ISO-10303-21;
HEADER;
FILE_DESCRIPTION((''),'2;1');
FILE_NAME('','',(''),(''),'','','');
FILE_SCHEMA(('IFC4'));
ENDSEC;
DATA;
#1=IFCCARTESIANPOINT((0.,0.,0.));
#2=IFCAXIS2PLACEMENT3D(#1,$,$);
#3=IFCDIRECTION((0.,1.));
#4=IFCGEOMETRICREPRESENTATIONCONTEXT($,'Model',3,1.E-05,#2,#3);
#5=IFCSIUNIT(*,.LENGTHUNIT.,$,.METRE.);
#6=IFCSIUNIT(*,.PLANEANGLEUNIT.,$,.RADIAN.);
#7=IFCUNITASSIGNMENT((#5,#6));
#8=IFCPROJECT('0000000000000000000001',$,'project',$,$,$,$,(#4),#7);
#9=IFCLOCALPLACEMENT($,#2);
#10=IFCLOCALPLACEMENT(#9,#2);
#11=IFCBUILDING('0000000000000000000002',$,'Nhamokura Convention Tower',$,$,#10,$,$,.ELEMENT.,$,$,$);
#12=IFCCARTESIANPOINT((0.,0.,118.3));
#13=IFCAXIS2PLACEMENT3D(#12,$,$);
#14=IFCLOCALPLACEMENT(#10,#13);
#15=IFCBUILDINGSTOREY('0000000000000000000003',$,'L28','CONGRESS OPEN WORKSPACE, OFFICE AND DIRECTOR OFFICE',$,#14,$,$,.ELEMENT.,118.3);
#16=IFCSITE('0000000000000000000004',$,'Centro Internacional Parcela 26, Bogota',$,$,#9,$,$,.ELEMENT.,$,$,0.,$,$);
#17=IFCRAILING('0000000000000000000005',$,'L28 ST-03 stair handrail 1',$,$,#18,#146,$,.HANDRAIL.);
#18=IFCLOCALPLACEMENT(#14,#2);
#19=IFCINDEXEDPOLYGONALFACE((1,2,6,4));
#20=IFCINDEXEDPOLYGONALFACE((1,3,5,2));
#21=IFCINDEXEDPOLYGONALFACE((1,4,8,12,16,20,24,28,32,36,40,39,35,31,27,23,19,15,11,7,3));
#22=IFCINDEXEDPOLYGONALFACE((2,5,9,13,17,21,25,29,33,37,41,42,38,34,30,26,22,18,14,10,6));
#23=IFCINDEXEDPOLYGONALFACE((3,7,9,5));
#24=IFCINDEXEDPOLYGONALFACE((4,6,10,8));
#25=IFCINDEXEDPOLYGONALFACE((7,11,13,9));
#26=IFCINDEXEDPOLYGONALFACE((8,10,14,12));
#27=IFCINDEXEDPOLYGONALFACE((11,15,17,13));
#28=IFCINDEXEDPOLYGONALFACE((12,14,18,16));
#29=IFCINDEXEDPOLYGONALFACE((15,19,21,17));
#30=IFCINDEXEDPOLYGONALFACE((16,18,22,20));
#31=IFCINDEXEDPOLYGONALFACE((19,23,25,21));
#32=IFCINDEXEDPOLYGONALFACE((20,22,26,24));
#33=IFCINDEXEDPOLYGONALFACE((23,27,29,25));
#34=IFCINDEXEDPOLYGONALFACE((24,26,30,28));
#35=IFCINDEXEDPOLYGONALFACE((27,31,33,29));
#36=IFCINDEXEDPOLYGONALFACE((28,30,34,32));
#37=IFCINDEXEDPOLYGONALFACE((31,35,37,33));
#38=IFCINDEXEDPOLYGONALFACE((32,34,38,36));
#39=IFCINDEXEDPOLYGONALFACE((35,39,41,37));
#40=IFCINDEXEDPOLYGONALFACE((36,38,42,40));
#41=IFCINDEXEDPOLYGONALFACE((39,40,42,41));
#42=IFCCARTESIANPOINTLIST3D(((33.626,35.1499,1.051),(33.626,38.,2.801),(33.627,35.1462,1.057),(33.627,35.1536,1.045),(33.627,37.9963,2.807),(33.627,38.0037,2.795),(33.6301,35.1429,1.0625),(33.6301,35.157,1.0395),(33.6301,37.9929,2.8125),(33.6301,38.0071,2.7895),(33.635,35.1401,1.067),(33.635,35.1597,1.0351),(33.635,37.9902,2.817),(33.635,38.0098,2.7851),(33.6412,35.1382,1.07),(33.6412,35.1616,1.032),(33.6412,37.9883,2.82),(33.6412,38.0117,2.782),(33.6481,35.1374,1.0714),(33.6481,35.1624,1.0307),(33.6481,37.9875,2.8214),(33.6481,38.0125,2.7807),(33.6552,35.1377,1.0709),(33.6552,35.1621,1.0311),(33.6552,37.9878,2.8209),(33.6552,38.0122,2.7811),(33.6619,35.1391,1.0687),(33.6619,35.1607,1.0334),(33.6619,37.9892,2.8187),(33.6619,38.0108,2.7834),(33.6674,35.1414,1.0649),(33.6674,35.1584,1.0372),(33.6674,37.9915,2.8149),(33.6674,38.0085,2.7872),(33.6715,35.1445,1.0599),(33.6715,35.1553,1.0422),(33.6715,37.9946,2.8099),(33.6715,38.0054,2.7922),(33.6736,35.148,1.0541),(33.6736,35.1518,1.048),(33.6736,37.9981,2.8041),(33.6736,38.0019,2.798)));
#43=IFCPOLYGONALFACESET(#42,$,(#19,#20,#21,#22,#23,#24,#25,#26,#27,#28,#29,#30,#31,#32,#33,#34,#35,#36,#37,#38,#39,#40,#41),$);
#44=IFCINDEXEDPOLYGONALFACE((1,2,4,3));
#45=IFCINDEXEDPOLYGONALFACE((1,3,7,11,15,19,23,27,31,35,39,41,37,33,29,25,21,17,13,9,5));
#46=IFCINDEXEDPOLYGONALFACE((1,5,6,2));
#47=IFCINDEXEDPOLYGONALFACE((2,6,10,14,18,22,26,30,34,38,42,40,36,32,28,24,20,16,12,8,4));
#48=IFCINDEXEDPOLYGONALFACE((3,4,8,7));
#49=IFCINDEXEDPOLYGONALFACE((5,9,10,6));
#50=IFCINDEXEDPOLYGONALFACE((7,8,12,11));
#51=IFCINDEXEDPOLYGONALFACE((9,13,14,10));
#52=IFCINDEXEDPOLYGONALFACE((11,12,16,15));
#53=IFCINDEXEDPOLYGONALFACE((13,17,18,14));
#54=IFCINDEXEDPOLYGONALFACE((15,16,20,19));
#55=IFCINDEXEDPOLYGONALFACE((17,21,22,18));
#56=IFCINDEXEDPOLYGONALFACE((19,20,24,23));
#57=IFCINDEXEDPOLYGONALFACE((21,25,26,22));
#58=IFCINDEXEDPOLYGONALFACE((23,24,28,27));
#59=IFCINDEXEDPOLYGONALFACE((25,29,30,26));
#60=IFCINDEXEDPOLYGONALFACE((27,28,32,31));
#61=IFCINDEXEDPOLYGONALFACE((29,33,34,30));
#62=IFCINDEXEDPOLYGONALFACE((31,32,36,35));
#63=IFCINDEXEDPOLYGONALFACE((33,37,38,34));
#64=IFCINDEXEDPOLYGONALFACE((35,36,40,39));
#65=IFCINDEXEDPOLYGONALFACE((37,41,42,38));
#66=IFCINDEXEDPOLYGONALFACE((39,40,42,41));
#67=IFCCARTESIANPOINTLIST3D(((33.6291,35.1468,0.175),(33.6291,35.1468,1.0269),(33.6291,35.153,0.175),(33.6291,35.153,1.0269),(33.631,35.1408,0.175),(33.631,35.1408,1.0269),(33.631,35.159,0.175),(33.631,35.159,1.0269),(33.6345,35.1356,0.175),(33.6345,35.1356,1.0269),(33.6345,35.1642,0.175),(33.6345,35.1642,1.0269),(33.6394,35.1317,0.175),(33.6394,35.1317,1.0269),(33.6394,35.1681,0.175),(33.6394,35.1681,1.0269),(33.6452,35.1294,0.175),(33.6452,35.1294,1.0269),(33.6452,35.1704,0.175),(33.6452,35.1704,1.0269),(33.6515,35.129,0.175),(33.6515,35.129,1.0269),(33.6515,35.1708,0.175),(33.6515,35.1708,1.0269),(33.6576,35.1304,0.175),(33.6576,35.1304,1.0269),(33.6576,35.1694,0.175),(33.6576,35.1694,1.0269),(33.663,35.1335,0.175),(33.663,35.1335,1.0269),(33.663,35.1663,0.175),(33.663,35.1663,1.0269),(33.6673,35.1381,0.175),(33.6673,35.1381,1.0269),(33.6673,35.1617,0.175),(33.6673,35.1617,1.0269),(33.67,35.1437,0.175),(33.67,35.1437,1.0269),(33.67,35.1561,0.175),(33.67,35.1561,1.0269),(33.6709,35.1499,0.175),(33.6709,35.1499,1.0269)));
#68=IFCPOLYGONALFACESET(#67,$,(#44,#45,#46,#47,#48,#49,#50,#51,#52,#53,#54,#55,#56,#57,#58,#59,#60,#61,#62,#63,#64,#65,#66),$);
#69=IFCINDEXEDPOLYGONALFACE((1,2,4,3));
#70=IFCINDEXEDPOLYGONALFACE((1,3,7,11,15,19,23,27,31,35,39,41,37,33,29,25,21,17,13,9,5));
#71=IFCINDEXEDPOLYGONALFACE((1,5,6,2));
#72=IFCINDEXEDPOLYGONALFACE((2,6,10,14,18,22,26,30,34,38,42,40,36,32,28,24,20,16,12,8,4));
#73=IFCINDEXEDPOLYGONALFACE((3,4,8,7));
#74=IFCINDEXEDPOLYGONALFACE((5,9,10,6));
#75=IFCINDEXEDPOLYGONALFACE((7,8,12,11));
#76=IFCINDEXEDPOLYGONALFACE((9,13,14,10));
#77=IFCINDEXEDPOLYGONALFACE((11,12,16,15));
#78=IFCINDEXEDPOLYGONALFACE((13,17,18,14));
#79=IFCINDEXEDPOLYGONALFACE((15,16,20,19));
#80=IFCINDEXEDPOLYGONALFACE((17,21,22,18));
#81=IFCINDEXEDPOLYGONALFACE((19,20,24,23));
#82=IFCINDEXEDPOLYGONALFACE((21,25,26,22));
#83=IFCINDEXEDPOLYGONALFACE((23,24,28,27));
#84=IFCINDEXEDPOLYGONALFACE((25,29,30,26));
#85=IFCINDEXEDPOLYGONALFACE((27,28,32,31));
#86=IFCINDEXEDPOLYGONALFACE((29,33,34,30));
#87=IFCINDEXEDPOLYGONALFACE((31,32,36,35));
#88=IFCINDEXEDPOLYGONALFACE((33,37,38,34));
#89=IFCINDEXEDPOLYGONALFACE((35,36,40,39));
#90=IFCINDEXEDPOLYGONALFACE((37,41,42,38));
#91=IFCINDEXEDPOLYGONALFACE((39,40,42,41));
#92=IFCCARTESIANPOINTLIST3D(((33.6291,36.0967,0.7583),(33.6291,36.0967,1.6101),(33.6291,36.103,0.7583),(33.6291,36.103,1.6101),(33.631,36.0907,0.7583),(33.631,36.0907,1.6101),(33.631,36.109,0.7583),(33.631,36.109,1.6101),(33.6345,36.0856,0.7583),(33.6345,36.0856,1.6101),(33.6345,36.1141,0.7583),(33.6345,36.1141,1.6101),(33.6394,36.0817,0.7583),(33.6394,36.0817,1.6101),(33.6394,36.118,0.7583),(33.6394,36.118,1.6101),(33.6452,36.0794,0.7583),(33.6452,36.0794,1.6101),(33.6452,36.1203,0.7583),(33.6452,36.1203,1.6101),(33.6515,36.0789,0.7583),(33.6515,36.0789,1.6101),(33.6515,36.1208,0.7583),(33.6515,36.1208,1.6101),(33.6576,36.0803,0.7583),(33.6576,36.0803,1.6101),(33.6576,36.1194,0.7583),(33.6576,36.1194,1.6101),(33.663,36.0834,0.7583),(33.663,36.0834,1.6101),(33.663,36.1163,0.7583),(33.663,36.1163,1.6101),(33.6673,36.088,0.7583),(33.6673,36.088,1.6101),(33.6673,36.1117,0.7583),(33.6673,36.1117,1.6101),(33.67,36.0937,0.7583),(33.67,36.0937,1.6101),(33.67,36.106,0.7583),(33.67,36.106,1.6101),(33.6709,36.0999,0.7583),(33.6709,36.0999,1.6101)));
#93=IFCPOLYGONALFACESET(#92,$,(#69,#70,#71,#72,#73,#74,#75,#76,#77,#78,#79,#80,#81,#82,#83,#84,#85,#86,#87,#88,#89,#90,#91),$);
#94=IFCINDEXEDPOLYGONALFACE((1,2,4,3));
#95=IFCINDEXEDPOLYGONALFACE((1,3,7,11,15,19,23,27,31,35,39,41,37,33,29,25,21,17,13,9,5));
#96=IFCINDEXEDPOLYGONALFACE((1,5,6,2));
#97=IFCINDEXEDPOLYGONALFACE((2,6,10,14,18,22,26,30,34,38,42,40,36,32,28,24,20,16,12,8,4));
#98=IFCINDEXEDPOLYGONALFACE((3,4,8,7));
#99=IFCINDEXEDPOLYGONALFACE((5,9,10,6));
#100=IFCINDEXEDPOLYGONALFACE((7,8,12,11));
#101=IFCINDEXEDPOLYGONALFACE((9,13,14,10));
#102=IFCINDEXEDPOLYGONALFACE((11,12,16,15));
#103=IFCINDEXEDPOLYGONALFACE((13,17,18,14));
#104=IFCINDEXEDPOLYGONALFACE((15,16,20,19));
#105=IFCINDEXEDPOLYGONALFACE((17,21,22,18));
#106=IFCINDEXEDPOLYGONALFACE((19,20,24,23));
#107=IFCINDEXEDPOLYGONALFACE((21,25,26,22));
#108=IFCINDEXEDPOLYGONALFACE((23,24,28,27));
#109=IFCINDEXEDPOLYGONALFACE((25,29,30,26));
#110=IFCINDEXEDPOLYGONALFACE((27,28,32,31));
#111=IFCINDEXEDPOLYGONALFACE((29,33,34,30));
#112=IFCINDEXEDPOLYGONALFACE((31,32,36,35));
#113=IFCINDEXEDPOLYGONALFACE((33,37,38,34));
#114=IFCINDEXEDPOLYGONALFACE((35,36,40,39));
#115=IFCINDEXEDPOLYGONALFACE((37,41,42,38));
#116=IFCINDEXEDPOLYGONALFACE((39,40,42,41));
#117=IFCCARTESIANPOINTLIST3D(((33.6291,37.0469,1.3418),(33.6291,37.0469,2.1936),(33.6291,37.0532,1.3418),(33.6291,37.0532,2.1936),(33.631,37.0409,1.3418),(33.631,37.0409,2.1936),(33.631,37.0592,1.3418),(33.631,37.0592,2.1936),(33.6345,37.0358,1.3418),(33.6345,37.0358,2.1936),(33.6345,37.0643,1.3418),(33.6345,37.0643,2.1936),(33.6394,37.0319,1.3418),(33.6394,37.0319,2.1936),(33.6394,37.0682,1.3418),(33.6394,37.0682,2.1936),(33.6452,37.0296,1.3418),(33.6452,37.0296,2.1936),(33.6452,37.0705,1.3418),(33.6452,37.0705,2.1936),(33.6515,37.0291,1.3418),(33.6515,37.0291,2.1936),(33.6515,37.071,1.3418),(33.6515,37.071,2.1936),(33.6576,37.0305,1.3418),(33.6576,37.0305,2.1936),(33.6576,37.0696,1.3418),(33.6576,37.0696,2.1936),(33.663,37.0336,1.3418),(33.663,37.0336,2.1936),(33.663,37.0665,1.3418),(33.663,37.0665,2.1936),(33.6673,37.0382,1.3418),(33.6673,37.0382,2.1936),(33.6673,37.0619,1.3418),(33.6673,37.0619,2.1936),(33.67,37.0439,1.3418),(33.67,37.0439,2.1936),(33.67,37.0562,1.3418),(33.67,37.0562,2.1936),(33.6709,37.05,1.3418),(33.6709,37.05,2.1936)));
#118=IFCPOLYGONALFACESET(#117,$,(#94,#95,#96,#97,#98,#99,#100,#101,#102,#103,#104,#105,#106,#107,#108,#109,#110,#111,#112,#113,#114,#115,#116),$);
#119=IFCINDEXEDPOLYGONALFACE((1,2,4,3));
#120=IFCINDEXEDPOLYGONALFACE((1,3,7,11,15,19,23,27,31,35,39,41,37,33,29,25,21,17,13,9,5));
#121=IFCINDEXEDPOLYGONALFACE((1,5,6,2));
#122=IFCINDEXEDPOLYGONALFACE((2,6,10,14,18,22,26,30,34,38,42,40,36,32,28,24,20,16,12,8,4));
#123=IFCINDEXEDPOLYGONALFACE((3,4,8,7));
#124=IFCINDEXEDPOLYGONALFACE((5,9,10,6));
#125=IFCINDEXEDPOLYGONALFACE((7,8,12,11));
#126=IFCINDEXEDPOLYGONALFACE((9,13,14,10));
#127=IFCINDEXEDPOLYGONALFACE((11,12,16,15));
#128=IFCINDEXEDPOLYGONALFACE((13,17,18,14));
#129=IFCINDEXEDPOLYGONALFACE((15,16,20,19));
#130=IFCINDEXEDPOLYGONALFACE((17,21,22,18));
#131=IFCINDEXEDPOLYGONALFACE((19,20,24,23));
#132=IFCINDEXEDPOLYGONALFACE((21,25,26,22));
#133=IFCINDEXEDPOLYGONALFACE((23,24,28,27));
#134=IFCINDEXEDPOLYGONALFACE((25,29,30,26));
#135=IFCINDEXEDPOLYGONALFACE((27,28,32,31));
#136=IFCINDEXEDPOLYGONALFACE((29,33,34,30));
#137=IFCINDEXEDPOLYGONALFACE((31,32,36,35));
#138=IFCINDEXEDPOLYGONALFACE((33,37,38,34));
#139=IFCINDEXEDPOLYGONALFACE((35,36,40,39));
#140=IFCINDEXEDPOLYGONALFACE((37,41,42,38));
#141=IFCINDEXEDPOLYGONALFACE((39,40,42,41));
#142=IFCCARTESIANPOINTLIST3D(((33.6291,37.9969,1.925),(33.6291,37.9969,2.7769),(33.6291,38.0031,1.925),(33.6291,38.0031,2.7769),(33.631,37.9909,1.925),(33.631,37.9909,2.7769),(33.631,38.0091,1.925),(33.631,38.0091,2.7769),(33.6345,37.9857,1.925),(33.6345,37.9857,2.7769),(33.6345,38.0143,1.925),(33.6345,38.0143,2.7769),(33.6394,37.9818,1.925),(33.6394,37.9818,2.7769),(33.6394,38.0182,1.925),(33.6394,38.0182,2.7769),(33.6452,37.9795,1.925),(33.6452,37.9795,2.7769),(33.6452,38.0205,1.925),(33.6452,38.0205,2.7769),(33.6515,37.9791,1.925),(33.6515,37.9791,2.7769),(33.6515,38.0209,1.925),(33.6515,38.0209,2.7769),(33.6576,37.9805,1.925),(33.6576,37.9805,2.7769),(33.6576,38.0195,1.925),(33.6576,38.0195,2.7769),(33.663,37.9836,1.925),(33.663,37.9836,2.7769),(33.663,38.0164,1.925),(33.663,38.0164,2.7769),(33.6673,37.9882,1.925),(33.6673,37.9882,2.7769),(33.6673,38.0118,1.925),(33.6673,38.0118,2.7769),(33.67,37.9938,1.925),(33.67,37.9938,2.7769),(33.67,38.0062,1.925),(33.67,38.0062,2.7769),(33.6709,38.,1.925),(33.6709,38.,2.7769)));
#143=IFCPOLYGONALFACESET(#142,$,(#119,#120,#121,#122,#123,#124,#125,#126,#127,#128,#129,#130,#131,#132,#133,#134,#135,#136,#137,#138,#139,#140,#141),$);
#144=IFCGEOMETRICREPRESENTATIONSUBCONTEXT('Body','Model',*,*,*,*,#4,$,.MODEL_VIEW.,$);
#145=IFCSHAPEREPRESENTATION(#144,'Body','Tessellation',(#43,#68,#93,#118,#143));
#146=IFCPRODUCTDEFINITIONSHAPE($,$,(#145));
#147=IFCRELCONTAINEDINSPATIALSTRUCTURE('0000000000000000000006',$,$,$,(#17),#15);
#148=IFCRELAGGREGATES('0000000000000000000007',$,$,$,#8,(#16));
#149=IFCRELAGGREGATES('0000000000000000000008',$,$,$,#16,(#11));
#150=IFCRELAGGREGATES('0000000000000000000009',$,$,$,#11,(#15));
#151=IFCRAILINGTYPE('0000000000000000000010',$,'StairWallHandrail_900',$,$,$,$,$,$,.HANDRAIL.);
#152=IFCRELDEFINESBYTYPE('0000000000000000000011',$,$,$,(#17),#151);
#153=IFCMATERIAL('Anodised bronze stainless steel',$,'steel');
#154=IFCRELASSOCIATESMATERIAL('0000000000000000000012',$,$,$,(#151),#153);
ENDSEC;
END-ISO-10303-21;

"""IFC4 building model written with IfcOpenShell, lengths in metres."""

from ifc_helpers import new_model, si_unit, direction, frame, origin, origin_2d, place, context, subcontext, project, spatial, circle, extrude, material, type_object, element, save


model = new_model("IFC4")

# Units and contexts
model_context = context("Model", 3, precision=1e-05, world=origin(), true_north=direction((0.0, 1.0)))
body_context = subcontext(model_context, "Body", "Model", "MODEL_VIEW")
ifc_project = project(units=[si_unit("LENGTHUNIT", "METRE"), si_unit("PLANEANGLEUNIT", "RADIAN")], contexts=[model_context])

# Site, building, storey
site_placement = place(None, origin())
site = spatial("IfcSite", under=ifc_project, at=site_placement, Name="Centro Internacional Parcela 26, Bogota", CompositionType="ELEMENT", RefElevation=0.0)
building_placement = place(site_placement, origin())
building = spatial("IfcBuilding", under=site, at=building_placement, Name="Nhamokura Convention Tower", CompositionType="ELEMENT")
storey_placement = place(building_placement, frame((0.0, 0.0, 118.3)))
storey = spatial("IfcBuildingStorey", under=building, at=storey_placement, Name="L28", Description="CONGRESS OPEN WORKSPACE, OFFICE AND DIRECTOR OFFICE", CompositionType="ELEMENT", Elevation=118.3)

# Railing
ifc_material_1 = material(Name="Anodised bronze stainless steel", Category="steel")
railing_type_1 = type_object("IfcRailingType", Name="StairWallHandrail_900", PredefinedType="HANDRAIL", material=ifc_material_1)
railing_1_placement = place(storey_placement, frame((33.6499, 35.1499, 0.175)))
element("IfcRailing", 1, at=railing_1_placement, inside=storey, type_object=railing_type_1, Name="L28 ST-03 stair handrail 1", PredefinedType="HANDRAIL", context=body_context, shape_type="SweptSolid", body=[
    extrude(circle(Radius=0.0239, at=origin_2d()), frame((0.0, 0.0, 0.876), z_axis=(0.0, 0.852179, 0.52325), x_axis=(-1.0, 0.0, 0.0)), (0.0, 0.0, 1.0), 3.3445),
    extrude(circle(Radius=0.021, at=origin_2d()), origin(), (0.0, 0.0, 1.0), 0.8518),
    extrude(circle(Radius=0.021, at=origin_2d()), frame((0.0, 0.95, 0.5833)), (0.0, 0.0, 1.0), 0.8518),
    extrude(circle(Radius=0.021, at=origin_2d()), frame((0.0, 1.9001, 1.1667)), (0.0, 0.0, 1.0), 0.8518),
    extrude(circle(Radius=0.021, at=origin_2d()), frame((0.0, 2.8501, 1.75)), (0.0, 0.0, 1.0), 0.8518),
])

save(model, "model.ifc")
